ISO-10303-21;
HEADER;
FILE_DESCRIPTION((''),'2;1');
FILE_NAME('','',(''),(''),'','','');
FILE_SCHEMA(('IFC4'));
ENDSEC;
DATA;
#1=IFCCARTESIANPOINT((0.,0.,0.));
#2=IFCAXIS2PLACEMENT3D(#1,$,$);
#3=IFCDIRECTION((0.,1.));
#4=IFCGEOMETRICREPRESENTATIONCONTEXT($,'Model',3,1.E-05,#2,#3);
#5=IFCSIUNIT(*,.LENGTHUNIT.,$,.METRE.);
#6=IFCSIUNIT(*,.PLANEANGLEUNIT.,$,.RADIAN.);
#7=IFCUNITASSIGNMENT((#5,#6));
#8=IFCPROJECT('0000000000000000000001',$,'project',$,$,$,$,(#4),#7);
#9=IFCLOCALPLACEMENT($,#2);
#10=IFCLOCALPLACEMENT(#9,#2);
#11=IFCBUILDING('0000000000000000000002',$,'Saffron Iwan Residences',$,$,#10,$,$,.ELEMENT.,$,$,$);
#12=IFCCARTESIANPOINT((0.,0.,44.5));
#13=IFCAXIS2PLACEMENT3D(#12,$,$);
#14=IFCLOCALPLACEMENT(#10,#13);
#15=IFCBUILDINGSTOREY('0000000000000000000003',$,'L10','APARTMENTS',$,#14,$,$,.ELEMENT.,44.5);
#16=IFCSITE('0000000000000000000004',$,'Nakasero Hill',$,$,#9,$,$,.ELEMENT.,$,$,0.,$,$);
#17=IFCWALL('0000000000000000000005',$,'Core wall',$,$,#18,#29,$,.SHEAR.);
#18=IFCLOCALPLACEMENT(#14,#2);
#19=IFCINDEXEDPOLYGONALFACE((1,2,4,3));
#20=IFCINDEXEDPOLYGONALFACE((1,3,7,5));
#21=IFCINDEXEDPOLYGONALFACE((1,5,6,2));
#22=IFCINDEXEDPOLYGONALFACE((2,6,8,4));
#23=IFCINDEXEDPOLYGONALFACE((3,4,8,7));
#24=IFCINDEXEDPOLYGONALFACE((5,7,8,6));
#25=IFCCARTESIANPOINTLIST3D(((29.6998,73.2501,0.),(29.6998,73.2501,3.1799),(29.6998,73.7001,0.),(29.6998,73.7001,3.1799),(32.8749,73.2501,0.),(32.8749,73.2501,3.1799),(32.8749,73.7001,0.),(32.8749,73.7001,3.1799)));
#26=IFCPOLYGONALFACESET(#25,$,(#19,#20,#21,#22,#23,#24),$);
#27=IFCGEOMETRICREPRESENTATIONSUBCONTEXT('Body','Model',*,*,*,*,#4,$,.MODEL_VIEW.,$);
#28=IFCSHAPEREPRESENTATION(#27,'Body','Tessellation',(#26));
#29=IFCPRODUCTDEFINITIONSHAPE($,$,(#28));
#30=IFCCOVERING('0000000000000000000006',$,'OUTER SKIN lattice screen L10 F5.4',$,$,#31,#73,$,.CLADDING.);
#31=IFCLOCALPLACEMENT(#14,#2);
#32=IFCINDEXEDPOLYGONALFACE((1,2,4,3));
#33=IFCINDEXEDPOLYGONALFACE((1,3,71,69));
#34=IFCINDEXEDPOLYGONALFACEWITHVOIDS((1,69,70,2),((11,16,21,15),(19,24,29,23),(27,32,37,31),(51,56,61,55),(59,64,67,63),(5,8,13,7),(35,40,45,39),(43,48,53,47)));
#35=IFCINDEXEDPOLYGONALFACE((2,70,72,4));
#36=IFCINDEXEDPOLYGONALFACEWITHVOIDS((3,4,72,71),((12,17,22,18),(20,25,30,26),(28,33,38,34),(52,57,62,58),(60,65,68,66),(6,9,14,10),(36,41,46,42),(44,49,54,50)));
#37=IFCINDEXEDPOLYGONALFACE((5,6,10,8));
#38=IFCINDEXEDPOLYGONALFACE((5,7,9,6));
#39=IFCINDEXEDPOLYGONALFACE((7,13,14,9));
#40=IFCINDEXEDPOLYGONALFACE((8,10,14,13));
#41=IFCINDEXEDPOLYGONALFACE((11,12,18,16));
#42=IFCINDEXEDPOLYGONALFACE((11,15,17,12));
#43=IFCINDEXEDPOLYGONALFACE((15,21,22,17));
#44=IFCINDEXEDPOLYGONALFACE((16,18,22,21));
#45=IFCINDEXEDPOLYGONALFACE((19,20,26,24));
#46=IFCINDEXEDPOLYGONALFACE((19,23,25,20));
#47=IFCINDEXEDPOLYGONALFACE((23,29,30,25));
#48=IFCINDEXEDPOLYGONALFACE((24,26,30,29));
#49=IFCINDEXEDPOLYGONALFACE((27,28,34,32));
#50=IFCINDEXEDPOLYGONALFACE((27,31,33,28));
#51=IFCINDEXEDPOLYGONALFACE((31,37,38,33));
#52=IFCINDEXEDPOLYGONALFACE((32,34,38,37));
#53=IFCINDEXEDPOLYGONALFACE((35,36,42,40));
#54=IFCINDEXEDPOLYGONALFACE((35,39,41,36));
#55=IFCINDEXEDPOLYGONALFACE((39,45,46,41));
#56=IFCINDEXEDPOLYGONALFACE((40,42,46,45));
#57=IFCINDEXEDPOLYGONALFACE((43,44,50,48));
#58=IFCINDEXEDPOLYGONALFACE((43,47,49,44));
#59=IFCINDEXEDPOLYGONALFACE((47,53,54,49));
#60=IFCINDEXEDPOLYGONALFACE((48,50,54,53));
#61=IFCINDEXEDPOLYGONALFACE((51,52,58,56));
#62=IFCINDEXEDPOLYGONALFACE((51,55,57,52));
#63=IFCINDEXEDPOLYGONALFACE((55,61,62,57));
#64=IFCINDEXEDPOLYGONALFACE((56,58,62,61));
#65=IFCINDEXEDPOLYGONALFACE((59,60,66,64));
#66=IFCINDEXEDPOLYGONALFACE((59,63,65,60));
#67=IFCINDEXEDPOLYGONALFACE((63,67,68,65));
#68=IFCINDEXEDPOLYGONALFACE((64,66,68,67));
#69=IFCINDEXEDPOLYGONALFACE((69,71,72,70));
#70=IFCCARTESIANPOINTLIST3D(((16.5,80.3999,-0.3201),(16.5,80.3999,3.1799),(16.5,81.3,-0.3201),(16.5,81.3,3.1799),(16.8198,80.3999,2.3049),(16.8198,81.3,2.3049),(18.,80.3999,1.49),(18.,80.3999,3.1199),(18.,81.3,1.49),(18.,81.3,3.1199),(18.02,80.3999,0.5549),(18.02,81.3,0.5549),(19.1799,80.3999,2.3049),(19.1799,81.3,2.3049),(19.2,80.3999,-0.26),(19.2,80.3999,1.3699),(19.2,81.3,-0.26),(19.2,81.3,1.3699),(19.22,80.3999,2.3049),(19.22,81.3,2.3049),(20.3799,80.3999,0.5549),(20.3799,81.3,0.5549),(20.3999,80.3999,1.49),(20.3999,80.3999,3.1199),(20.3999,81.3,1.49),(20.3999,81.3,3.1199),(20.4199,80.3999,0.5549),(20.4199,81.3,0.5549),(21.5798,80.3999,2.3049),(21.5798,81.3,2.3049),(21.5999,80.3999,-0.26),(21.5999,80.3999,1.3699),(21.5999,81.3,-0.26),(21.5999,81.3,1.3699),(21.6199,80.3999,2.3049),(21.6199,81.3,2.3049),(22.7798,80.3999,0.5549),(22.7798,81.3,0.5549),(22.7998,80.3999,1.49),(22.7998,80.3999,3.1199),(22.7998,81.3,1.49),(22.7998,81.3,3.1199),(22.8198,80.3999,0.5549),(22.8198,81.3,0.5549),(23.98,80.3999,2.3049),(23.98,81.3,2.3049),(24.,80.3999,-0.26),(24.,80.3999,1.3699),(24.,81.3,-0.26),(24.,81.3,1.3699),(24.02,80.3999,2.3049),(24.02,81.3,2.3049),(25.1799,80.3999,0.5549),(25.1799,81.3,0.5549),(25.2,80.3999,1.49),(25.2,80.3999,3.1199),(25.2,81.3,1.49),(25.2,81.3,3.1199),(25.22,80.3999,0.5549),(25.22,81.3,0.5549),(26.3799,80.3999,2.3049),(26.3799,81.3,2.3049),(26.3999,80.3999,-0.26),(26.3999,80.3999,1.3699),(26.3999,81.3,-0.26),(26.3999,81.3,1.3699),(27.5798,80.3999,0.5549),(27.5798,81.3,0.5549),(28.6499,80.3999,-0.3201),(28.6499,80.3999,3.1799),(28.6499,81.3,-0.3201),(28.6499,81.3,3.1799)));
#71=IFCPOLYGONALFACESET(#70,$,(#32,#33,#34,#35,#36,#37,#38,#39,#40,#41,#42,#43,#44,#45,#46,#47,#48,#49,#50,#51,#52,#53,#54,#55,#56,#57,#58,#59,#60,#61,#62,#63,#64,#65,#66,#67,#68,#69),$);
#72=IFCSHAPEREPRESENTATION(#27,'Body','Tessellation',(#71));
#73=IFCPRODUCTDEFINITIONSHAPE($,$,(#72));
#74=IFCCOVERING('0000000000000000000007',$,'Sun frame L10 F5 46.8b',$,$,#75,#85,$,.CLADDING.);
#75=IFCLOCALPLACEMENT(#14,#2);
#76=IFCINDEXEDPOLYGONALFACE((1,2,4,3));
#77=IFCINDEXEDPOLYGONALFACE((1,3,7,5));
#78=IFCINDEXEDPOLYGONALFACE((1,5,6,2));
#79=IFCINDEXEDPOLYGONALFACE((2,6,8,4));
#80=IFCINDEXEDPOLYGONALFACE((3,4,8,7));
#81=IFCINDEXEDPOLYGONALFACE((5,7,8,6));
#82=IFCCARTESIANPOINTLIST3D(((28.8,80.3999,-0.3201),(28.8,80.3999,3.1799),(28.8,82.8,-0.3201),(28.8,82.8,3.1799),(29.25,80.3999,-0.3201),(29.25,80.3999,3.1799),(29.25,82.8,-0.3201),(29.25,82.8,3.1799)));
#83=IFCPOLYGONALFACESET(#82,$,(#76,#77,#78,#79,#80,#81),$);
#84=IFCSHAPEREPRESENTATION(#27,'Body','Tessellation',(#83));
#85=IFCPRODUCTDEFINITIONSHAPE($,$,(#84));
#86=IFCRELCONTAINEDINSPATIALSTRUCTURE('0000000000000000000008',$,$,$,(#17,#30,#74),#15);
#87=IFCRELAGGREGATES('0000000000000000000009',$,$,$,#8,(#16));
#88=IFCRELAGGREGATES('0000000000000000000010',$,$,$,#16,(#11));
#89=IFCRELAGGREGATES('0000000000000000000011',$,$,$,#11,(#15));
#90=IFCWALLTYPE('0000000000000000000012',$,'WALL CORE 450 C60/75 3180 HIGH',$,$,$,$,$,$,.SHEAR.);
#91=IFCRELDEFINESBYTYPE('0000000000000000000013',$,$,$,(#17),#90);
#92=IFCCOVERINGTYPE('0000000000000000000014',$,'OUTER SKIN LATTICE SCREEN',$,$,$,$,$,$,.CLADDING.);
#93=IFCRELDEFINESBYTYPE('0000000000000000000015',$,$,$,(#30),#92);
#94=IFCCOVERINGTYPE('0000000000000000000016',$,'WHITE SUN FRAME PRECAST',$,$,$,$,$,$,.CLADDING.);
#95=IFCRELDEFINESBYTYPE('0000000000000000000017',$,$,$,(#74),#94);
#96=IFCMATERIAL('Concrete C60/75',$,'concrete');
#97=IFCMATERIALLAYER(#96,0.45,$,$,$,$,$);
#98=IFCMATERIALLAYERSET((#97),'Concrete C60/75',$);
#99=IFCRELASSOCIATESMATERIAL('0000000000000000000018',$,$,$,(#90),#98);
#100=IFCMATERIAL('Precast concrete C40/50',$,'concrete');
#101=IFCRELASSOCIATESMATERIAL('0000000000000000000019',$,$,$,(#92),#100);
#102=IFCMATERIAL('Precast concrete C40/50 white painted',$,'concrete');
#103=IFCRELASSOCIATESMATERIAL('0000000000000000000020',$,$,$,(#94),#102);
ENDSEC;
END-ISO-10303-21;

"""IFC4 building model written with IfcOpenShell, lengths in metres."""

from ifc_helpers import new_model, si_unit, direction, frame, frame_2d, origin, place, context, subcontext, project, spatial, polyline, rectangle, outline, extrude, material, layer, layer_set, type_object, element, save


model = new_model("IFC4")

# Units and contexts
model_context = context("Model", 3, precision=1e-05, world=origin(), true_north=direction((0.0, 1.0)))
body_context = subcontext(model_context, "Body", "Model", "MODEL_VIEW")
ifc_project = project(units=[si_unit("LENGTHUNIT", "METRE"), si_unit("PLANEANGLEUNIT", "RADIAN")], contexts=[model_context])

# Site, building, storey
site_placement = place(None, origin())
site = spatial("IfcSite", under=ifc_project, at=site_placement, Name="Nakasero Hill", CompositionType="ELEMENT", RefElevation=0.0)
building_placement = place(site_placement, origin())
building = spatial("IfcBuilding", under=site, at=building_placement, Name="Saffron Iwan Residences", CompositionType="ELEMENT")
storey_placement = place(building_placement, frame((0.0, 0.0, 44.5)))
storey = spatial("IfcBuildingStorey", under=building, at=storey_placement, Name="L10", Description="APARTMENTS", CompositionType="ELEMENT", Elevation=44.5)

# Shared definitions
ifc_material_1 = material(Name="Concrete C60/75", Category="concrete")

# Wall
ifc_layer_1 = layer(ifc_material_1, 0.45)
ifc_layer_set_1 = layer_set([ifc_layer_1], Name="Concrete C60/75")
wall_type_1 = type_object("IfcWallType", Name="WALL CORE 450 C60/75 3180 HIGH", PredefinedType="SHEAR", material=ifc_layer_set_1)
wall_1_placement = place(storey_placement, frame((29.7, 73.4751, 0.0), z_axis=(0.0, 0.0, 1.0), x_axis=(1.0, 0.0, 0.0)))
element("IfcWall", 1, at=wall_1_placement, inside=storey, type_object=wall_type_1, Name="Core wall", PredefinedType="SHEAR", context=body_context, shape_type="SweptSolid", body=[
    extrude(rectangle(XDim=3.175, YDim=0.45, at=frame_2d((1.5874, 0.0))), origin(), (0.0, 0.0, 1.0), 3.1799),
])

# Coverings
ifc_material_2 = material(Name="Precast concrete C40/50", Category="concrete")
covering_type_1 = type_object("IfcCoveringType", Name="OUTER SKIN LATTICE SCREEN", PredefinedType="CLADDING", material=ifc_material_2)
covering_1_placement = place(storey_placement, frame((28.6499, 80.3999, -0.3201), z_axis=(0.0, 1.0, 0.0), x_axis=(-1.0, 0.0, 0.0)))
element("IfcCovering", 2, at=covering_1_placement, inside=storey, type_object=covering_type_1, Name="OUTER SKIN lattice screen L10 F5.4", PredefinedType="CLADDING", context=body_context, shape_type="SweptSolid", body=[
    extrude(outline(polyline([(0.0, 0.0), (12.1499, 0.0), (12.1499, 3.5), (0.0, 3.5), (0.0, 0.0)]), holes=[polyline([(1.0701, 0.875), (2.25, 0.0601), (3.4299, 0.875), (2.25, 1.6899), (1.0701, 0.875)]), polyline([(3.47, 0.875), (4.6499, 0.0601), (5.8301, 0.875), (4.6499, 1.6899), (3.47, 0.875)]), polyline([(5.8701, 0.875), (7.05, 0.0601), (8.23, 0.875), (7.05, 1.6899), (5.8701, 0.875)]), polyline([(8.27, 0.875), (9.45, 0.0601), (10.6299, 0.875), (9.45, 1.6899), (8.27, 0.875)]), polyline([(2.27, 2.625), (3.45, 1.8101), (4.6299, 2.625), (3.45, 3.4399), (2.27, 2.625)]), polyline([(4.6699, 2.625), (5.8501, 1.8101), (7.03, 2.625), (5.8501, 3.4399), (4.6699, 2.625)]), polyline([(7.0701, 2.625), (8.25, 1.8101), (9.4299, 2.625), (8.25, 3.4399), (7.0701, 2.625)]), polyline([(9.47, 2.625), (10.6499, 1.8101), (11.8301, 2.625), (10.6499, 3.4399), (9.47, 2.625)])]), origin(), (0.0, 0.0, 1.0), 0.9001),
])
ifc_material_3 = material(Name="Precast concrete C40/50 white painted", Category="concrete")
covering_type_2 = type_object("IfcCoveringType", Name="WHITE SUN FRAME PRECAST", PredefinedType="CLADDING", material=ifc_material_3)
covering_2_placement = place(storey_placement, frame((29.25, 80.3999, -0.3201), z_axis=(0.0, 1.0, 0.0), x_axis=(-1.0, 0.0, 0.0)))
element("IfcCovering", 3, at=covering_2_placement, inside=storey, type_object=covering_type_2, Name="Sun frame L10 F5 46.8b", PredefinedType="CLADDING", context=body_context, shape_type="SweptSolid", body=[
    extrude(outline(polyline([(0.0, 0.0), (0.45, 0.0), (0.45, 3.5), (0.0, 3.5), (0.0, 0.0)])), origin(), (0.0, 0.0, 1.0), 2.4001),
])

save(model, "model.ifc")
